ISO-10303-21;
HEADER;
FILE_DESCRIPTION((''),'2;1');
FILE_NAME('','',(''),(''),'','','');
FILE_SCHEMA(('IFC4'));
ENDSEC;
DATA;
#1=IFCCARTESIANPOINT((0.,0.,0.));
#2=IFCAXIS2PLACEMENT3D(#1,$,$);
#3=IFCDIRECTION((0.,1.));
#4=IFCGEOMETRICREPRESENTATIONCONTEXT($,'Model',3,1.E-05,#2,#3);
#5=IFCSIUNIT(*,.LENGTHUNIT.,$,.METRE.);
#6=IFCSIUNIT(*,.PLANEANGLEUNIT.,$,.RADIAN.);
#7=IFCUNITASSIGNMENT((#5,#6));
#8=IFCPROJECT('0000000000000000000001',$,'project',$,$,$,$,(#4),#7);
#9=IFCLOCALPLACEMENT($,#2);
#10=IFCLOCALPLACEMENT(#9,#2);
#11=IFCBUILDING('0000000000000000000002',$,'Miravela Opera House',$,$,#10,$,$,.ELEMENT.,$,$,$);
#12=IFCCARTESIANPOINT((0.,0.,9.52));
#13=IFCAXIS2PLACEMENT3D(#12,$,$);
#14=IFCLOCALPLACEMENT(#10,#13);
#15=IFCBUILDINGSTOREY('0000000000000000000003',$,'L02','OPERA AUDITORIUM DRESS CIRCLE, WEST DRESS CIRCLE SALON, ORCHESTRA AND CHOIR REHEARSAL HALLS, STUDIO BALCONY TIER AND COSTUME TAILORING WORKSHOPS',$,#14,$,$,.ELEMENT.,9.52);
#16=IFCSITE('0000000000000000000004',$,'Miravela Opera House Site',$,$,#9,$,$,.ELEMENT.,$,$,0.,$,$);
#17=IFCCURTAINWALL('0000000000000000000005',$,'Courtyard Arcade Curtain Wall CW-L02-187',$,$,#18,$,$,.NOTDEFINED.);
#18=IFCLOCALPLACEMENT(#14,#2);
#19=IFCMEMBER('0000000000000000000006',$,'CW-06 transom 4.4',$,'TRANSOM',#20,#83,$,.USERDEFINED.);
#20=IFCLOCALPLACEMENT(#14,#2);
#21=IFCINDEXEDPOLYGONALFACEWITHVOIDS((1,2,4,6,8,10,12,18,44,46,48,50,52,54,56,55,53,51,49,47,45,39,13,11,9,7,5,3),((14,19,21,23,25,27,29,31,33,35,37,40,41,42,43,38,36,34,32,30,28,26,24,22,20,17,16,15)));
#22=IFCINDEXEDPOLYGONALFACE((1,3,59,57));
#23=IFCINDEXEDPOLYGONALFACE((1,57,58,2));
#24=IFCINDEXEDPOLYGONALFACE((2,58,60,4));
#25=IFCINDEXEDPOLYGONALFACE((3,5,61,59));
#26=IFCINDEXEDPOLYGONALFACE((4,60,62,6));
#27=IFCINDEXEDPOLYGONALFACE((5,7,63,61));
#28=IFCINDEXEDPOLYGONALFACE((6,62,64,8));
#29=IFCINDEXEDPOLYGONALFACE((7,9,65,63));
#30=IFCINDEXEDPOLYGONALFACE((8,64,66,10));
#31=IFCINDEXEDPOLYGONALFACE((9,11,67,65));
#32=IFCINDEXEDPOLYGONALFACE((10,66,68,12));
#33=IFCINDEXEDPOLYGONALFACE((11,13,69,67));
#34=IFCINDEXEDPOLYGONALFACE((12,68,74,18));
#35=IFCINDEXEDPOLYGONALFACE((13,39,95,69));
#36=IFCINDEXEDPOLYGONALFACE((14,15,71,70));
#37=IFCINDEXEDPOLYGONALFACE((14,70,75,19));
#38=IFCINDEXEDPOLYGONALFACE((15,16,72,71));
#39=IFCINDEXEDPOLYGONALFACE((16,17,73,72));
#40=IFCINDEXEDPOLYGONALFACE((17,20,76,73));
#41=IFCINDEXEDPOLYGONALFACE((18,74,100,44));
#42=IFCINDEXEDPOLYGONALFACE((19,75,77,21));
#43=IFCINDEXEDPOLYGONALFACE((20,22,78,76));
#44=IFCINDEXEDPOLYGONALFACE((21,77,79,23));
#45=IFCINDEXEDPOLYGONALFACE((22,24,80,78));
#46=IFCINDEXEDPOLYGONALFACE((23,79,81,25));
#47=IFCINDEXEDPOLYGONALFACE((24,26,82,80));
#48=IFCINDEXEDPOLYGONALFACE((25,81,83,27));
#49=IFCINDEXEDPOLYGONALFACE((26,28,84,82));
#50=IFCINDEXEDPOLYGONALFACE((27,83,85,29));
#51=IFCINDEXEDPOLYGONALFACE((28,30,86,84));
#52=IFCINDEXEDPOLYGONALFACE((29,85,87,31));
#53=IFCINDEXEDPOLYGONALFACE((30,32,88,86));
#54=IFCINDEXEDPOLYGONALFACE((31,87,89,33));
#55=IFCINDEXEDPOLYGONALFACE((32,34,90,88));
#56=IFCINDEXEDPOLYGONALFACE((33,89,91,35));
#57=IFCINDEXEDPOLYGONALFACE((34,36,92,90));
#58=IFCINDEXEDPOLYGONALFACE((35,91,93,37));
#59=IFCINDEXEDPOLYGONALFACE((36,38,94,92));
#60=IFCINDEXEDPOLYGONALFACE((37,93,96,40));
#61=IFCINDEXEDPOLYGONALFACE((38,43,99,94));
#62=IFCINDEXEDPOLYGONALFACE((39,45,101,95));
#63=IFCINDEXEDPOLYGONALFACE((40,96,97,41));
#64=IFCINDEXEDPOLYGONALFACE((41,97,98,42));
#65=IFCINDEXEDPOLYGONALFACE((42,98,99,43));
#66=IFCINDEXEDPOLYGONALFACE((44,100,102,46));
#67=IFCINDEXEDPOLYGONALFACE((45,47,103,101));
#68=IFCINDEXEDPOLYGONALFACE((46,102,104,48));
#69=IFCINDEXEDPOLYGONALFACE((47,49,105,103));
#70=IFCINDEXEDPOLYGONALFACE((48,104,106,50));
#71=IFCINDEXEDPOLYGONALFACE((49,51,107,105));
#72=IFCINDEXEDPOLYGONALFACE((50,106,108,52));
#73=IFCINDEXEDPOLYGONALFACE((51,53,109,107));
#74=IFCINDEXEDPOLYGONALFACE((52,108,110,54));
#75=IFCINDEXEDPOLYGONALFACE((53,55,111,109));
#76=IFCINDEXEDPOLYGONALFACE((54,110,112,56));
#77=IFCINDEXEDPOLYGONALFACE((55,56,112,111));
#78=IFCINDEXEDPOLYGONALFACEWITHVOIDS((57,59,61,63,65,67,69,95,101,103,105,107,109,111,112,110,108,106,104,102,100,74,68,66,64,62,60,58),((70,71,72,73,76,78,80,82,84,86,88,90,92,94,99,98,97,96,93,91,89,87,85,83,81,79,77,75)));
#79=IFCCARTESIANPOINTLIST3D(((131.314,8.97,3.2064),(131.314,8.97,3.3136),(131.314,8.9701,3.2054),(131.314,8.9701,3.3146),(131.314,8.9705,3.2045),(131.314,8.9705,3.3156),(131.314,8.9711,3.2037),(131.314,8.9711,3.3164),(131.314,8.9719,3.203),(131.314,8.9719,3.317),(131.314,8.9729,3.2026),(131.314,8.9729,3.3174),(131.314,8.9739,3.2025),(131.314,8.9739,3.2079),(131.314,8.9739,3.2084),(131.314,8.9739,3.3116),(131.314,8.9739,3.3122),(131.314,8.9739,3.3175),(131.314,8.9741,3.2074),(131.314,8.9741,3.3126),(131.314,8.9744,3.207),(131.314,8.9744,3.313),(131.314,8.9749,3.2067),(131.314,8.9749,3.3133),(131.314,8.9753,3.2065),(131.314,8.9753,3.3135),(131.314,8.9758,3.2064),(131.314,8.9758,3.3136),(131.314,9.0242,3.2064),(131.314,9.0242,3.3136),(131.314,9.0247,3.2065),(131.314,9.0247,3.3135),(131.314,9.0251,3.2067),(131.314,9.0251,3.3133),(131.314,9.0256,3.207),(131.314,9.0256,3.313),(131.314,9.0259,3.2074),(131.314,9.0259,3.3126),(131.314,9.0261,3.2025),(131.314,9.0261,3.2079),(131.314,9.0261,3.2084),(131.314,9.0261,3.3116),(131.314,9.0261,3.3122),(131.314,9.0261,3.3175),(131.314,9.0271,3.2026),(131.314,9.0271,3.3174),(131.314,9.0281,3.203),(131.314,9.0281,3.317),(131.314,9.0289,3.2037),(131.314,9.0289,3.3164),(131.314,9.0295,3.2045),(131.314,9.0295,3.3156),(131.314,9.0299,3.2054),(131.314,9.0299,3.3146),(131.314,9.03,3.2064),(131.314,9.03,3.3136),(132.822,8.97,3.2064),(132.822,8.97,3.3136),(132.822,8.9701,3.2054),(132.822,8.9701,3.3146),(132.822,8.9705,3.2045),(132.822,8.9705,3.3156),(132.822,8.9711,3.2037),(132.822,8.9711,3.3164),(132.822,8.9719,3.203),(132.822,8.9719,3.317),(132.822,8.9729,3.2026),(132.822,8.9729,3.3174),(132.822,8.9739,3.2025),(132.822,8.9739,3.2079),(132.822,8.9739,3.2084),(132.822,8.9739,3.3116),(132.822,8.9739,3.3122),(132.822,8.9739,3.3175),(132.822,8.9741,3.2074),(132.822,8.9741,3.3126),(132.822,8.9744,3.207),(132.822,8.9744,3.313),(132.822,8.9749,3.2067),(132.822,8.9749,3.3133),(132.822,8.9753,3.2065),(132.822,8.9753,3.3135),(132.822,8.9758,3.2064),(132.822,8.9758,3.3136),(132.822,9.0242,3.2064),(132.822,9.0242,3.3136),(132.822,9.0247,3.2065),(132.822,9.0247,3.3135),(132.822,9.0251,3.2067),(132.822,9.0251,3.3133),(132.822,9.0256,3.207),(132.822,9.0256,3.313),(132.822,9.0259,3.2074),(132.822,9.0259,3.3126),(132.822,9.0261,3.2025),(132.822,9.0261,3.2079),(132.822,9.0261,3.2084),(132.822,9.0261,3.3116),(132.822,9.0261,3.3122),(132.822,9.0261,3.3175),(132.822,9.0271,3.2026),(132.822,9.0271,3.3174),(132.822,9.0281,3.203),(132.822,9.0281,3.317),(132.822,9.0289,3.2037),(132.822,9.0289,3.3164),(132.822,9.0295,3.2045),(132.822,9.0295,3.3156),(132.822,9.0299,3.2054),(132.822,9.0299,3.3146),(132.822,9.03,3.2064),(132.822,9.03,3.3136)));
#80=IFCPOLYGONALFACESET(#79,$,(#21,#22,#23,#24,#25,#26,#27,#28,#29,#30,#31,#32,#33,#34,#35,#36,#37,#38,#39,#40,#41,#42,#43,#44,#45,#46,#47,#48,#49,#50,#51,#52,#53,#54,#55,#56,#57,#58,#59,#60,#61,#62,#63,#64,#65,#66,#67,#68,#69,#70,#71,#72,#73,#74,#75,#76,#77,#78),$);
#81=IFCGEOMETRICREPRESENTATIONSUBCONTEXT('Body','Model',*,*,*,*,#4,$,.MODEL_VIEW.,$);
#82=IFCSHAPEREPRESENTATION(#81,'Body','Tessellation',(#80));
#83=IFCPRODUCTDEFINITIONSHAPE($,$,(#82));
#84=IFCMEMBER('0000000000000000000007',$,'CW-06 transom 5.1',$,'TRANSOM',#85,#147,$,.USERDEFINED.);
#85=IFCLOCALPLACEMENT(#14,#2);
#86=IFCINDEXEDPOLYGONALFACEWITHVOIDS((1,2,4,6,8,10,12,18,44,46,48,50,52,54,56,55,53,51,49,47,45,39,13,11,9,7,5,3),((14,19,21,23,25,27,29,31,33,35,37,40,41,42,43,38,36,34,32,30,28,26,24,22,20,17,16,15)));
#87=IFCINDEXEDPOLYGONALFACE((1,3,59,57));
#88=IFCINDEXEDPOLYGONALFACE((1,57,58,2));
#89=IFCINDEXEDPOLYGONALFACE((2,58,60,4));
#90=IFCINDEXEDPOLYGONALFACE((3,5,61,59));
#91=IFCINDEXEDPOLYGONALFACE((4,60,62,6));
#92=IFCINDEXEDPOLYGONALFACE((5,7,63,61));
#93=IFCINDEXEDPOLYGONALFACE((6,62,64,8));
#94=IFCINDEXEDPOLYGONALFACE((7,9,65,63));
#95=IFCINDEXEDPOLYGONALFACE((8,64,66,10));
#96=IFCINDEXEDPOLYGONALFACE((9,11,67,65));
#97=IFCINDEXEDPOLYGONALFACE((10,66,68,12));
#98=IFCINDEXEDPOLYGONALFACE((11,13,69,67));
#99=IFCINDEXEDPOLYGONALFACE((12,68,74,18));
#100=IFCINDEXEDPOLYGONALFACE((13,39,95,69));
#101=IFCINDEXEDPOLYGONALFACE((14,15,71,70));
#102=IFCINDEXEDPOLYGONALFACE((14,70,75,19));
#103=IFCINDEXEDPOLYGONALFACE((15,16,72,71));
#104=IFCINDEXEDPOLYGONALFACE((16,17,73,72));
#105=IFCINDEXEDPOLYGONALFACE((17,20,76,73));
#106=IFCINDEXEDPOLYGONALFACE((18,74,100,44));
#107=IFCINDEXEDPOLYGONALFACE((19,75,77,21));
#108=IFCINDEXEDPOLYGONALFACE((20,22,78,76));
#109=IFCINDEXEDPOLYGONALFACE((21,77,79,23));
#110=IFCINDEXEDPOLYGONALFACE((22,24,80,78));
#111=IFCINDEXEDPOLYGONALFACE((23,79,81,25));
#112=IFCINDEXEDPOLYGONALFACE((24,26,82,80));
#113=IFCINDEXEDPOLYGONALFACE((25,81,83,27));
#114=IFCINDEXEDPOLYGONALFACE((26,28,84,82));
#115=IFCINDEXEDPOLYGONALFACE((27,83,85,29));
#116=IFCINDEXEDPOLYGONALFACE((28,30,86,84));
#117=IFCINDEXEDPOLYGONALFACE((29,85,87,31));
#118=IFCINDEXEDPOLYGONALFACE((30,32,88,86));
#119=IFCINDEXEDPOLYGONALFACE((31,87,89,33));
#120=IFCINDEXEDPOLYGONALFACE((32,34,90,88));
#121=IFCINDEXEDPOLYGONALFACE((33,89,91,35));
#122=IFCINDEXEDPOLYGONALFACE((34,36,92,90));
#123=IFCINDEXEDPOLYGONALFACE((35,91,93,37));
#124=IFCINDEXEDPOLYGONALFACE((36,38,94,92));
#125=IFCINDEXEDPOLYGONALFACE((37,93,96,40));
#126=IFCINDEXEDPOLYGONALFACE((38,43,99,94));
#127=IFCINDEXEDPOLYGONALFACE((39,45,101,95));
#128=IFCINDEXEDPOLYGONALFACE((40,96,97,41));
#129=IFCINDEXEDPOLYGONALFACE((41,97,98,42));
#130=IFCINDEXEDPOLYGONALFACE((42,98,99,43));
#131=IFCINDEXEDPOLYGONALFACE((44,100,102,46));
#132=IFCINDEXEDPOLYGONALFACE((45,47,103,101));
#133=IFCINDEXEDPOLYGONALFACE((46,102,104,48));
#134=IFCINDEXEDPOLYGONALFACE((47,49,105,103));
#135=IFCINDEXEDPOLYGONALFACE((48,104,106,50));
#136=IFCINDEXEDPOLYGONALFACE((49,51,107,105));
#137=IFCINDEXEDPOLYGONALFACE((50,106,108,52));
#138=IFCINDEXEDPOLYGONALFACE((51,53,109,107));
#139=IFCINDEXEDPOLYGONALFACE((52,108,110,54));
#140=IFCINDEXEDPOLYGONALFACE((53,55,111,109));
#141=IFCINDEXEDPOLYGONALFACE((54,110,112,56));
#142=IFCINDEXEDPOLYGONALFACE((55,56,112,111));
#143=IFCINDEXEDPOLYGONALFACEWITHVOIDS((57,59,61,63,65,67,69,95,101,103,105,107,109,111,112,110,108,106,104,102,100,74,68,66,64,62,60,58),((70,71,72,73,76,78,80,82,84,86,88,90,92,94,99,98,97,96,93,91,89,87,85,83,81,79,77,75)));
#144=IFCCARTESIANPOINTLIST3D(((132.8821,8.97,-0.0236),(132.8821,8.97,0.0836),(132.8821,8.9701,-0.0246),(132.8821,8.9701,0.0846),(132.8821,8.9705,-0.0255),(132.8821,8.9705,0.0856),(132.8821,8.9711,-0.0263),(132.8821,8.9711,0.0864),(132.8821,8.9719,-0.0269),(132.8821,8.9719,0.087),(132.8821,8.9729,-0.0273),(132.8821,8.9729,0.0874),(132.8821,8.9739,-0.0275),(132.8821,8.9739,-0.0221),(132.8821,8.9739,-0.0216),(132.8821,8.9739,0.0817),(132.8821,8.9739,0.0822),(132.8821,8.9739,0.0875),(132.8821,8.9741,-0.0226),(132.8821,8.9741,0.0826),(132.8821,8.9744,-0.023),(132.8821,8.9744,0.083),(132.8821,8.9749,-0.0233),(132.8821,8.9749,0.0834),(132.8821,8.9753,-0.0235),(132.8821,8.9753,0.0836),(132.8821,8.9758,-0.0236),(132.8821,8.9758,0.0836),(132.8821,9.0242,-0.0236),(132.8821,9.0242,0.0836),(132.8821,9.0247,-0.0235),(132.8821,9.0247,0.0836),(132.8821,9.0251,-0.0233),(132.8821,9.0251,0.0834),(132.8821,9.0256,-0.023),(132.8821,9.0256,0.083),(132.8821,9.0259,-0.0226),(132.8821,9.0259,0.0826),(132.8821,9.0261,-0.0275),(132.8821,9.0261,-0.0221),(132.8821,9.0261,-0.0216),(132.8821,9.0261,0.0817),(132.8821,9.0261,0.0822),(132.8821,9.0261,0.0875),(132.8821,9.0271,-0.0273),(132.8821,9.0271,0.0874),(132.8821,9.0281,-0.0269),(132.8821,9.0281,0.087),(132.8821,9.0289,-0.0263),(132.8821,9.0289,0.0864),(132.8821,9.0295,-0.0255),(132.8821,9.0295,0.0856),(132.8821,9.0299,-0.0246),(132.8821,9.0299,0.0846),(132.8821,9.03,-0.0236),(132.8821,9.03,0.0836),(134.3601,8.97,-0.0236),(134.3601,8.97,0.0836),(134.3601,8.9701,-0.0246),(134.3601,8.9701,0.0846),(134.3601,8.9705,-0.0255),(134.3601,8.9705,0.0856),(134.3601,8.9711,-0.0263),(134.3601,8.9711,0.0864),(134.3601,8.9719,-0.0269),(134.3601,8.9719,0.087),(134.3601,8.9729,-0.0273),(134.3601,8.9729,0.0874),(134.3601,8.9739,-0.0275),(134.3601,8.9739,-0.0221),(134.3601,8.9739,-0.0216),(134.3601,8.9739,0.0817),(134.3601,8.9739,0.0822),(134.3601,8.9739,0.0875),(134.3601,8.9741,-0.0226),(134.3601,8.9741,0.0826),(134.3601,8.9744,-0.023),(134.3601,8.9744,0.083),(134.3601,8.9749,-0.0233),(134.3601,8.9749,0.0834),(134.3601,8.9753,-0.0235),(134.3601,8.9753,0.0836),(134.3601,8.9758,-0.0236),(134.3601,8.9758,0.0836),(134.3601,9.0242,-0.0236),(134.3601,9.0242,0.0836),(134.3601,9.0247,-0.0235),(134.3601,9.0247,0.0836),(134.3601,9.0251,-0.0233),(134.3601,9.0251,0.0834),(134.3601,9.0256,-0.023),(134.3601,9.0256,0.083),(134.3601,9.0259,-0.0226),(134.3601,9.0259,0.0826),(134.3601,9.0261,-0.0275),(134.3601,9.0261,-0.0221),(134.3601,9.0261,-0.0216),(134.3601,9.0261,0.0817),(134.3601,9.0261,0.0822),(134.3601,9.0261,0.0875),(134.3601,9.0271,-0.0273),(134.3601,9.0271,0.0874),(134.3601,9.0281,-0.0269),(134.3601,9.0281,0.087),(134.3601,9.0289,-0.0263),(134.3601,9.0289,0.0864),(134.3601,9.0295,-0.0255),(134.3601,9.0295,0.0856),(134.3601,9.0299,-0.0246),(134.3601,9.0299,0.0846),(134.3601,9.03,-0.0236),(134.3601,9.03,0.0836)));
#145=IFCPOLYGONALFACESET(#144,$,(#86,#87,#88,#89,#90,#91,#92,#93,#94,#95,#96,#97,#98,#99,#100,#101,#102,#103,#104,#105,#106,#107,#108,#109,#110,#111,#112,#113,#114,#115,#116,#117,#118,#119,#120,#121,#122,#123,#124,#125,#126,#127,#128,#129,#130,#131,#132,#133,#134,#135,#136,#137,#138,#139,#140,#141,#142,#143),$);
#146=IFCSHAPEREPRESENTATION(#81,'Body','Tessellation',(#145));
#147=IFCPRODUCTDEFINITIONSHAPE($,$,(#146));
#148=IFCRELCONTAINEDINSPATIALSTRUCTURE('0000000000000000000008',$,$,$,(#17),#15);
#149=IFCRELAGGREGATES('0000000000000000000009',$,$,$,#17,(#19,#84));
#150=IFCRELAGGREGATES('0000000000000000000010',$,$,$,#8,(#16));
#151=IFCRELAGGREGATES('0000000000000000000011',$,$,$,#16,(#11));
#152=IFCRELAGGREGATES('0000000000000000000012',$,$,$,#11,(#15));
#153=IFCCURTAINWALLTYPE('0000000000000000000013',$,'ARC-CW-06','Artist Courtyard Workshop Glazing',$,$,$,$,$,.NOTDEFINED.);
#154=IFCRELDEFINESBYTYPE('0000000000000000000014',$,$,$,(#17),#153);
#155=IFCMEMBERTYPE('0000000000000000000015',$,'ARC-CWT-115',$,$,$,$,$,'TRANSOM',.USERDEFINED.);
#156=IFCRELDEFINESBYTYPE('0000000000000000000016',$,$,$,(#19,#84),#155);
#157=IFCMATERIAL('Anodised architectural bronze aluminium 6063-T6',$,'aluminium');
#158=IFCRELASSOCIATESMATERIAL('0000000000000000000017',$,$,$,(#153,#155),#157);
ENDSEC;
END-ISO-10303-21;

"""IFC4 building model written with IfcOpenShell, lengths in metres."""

from ifc_helpers import new_model, si_unit, direction, frame, origin, origin_2d, place, context, subcontext, project, spatial, hollow_rectangle, extrude, material, material_profile, profile_set, type_object, element, aggregate, save


model = new_model("IFC4")

# Units and contexts
model_context = context("Model", 3, precision=1e-05, world=origin(), true_north=direction((0.0, 1.0)))
body_context = subcontext(model_context, "Body", "Model", "MODEL_VIEW")
ifc_project = project(units=[si_unit("LENGTHUNIT", "METRE"), si_unit("PLANEANGLEUNIT", "RADIAN")], contexts=[model_context])

# Site, building, storey
site_placement = place(None, origin())
site = spatial("IfcSite", under=ifc_project, at=site_placement, Name="Miravela Opera House Site", CompositionType="ELEMENT", RefElevation=0.0)
building_placement = place(site_placement, origin())
building = spatial("IfcBuilding", under=site, at=building_placement, Name="Miravela Opera House", CompositionType="ELEMENT")
storey_placement = place(building_placement, frame((0.0, 0.0, 9.52)))
storey = spatial("IfcBuildingStorey", under=building, at=storey_placement, Name="L02", Description="OPERA AUDITORIUM DRESS CIRCLE, WEST DRESS CIRCLE SALON, ORCHESTRA AND CHOIR REHEARSAL HALLS, STUDIO BALCONY TIER AND COSTUME TAILORING WORKSHOPS", CompositionType="ELEMENT", Elevation=9.52)

# Curtain wall
ifc_material_1 = material(Name="Anodised architectural bronze aluminium 6063-T6", Category="aluminium")
curtain_wall_type = type_object("IfcCurtainWallType", Name="ARC-CW-06", Description="Artist Courtyard Workshop Glazing", PredefinedType="NOTDEFINED", material=ifc_material_1)
curtain_wall_1_placement = place(storey_placement, origin())
curtain_wall_1 = element("IfcCurtainWall", 1, at=curtain_wall_1_placement, inside=storey, type_object=curtain_wall_type, Name="Courtyard Arcade Curtain Wall CW-L02-187", PredefinedType="NOTDEFINED")

# Members
ifc_material_profile_1 = material_profile(ifc_material_1, hollow_rectangle(XDim=0.0601, YDim=0.115, WallThickness=0.0039, InnerFilletRadius=0.002, OuterFilletRadius=0.0039, at=origin_2d()), Name="CWT-60X115")
ifc_profile_set_1 = profile_set([ifc_material_profile_1])
member_type_1 = type_object("IfcMemberType", Name="ARC-CWT-115", ElementType="TRANSOM", PredefinedType="USERDEFINED", material=ifc_profile_set_1)
member_1_placement = place(storey_placement, frame((131.314, 9.0, 3.26), z_axis=(1.0, 0.0, 0.0), x_axis=(0.0, 1.0, 0.0)))
member_1 = element("IfcMember", 2, at=member_1_placement, type_object=member_type_1, Name="CW-06 transom 4.4", ObjectType="TRANSOM", PredefinedType="USERDEFINED", context=body_context, shape_type="SweptSolid", body=[
    extrude(hollow_rectangle(XDim=0.0601, YDim=0.115, WallThickness=0.0039, InnerFilletRadius=0.002, OuterFilletRadius=0.0039, at=origin_2d()), origin(), (0.0, 0.0, 1.0), 1.5081),
])
member_2_placement = place(storey_placement, frame((132.8821, 9.0, 0.03), z_axis=(1.0, 0.0, 0.0), x_axis=(0.0, 1.0, 0.0)))
member_2 = element("IfcMember", 3, at=member_2_placement, type_object=member_type_1, Name="CW-06 transom 5.1", ObjectType="TRANSOM", PredefinedType="USERDEFINED", context=body_context, shape_type="SweptSolid", body=[
    extrude(hollow_rectangle(XDim=0.0601, YDim=0.115, WallThickness=0.0039, InnerFilletRadius=0.002, OuterFilletRadius=0.0039, at=origin_2d()), origin(), (0.0, 0.0, 1.0), 1.478),
])

aggregate(curtain_wall_1, [member_1, member_2])

save(model, "model.ifc")
